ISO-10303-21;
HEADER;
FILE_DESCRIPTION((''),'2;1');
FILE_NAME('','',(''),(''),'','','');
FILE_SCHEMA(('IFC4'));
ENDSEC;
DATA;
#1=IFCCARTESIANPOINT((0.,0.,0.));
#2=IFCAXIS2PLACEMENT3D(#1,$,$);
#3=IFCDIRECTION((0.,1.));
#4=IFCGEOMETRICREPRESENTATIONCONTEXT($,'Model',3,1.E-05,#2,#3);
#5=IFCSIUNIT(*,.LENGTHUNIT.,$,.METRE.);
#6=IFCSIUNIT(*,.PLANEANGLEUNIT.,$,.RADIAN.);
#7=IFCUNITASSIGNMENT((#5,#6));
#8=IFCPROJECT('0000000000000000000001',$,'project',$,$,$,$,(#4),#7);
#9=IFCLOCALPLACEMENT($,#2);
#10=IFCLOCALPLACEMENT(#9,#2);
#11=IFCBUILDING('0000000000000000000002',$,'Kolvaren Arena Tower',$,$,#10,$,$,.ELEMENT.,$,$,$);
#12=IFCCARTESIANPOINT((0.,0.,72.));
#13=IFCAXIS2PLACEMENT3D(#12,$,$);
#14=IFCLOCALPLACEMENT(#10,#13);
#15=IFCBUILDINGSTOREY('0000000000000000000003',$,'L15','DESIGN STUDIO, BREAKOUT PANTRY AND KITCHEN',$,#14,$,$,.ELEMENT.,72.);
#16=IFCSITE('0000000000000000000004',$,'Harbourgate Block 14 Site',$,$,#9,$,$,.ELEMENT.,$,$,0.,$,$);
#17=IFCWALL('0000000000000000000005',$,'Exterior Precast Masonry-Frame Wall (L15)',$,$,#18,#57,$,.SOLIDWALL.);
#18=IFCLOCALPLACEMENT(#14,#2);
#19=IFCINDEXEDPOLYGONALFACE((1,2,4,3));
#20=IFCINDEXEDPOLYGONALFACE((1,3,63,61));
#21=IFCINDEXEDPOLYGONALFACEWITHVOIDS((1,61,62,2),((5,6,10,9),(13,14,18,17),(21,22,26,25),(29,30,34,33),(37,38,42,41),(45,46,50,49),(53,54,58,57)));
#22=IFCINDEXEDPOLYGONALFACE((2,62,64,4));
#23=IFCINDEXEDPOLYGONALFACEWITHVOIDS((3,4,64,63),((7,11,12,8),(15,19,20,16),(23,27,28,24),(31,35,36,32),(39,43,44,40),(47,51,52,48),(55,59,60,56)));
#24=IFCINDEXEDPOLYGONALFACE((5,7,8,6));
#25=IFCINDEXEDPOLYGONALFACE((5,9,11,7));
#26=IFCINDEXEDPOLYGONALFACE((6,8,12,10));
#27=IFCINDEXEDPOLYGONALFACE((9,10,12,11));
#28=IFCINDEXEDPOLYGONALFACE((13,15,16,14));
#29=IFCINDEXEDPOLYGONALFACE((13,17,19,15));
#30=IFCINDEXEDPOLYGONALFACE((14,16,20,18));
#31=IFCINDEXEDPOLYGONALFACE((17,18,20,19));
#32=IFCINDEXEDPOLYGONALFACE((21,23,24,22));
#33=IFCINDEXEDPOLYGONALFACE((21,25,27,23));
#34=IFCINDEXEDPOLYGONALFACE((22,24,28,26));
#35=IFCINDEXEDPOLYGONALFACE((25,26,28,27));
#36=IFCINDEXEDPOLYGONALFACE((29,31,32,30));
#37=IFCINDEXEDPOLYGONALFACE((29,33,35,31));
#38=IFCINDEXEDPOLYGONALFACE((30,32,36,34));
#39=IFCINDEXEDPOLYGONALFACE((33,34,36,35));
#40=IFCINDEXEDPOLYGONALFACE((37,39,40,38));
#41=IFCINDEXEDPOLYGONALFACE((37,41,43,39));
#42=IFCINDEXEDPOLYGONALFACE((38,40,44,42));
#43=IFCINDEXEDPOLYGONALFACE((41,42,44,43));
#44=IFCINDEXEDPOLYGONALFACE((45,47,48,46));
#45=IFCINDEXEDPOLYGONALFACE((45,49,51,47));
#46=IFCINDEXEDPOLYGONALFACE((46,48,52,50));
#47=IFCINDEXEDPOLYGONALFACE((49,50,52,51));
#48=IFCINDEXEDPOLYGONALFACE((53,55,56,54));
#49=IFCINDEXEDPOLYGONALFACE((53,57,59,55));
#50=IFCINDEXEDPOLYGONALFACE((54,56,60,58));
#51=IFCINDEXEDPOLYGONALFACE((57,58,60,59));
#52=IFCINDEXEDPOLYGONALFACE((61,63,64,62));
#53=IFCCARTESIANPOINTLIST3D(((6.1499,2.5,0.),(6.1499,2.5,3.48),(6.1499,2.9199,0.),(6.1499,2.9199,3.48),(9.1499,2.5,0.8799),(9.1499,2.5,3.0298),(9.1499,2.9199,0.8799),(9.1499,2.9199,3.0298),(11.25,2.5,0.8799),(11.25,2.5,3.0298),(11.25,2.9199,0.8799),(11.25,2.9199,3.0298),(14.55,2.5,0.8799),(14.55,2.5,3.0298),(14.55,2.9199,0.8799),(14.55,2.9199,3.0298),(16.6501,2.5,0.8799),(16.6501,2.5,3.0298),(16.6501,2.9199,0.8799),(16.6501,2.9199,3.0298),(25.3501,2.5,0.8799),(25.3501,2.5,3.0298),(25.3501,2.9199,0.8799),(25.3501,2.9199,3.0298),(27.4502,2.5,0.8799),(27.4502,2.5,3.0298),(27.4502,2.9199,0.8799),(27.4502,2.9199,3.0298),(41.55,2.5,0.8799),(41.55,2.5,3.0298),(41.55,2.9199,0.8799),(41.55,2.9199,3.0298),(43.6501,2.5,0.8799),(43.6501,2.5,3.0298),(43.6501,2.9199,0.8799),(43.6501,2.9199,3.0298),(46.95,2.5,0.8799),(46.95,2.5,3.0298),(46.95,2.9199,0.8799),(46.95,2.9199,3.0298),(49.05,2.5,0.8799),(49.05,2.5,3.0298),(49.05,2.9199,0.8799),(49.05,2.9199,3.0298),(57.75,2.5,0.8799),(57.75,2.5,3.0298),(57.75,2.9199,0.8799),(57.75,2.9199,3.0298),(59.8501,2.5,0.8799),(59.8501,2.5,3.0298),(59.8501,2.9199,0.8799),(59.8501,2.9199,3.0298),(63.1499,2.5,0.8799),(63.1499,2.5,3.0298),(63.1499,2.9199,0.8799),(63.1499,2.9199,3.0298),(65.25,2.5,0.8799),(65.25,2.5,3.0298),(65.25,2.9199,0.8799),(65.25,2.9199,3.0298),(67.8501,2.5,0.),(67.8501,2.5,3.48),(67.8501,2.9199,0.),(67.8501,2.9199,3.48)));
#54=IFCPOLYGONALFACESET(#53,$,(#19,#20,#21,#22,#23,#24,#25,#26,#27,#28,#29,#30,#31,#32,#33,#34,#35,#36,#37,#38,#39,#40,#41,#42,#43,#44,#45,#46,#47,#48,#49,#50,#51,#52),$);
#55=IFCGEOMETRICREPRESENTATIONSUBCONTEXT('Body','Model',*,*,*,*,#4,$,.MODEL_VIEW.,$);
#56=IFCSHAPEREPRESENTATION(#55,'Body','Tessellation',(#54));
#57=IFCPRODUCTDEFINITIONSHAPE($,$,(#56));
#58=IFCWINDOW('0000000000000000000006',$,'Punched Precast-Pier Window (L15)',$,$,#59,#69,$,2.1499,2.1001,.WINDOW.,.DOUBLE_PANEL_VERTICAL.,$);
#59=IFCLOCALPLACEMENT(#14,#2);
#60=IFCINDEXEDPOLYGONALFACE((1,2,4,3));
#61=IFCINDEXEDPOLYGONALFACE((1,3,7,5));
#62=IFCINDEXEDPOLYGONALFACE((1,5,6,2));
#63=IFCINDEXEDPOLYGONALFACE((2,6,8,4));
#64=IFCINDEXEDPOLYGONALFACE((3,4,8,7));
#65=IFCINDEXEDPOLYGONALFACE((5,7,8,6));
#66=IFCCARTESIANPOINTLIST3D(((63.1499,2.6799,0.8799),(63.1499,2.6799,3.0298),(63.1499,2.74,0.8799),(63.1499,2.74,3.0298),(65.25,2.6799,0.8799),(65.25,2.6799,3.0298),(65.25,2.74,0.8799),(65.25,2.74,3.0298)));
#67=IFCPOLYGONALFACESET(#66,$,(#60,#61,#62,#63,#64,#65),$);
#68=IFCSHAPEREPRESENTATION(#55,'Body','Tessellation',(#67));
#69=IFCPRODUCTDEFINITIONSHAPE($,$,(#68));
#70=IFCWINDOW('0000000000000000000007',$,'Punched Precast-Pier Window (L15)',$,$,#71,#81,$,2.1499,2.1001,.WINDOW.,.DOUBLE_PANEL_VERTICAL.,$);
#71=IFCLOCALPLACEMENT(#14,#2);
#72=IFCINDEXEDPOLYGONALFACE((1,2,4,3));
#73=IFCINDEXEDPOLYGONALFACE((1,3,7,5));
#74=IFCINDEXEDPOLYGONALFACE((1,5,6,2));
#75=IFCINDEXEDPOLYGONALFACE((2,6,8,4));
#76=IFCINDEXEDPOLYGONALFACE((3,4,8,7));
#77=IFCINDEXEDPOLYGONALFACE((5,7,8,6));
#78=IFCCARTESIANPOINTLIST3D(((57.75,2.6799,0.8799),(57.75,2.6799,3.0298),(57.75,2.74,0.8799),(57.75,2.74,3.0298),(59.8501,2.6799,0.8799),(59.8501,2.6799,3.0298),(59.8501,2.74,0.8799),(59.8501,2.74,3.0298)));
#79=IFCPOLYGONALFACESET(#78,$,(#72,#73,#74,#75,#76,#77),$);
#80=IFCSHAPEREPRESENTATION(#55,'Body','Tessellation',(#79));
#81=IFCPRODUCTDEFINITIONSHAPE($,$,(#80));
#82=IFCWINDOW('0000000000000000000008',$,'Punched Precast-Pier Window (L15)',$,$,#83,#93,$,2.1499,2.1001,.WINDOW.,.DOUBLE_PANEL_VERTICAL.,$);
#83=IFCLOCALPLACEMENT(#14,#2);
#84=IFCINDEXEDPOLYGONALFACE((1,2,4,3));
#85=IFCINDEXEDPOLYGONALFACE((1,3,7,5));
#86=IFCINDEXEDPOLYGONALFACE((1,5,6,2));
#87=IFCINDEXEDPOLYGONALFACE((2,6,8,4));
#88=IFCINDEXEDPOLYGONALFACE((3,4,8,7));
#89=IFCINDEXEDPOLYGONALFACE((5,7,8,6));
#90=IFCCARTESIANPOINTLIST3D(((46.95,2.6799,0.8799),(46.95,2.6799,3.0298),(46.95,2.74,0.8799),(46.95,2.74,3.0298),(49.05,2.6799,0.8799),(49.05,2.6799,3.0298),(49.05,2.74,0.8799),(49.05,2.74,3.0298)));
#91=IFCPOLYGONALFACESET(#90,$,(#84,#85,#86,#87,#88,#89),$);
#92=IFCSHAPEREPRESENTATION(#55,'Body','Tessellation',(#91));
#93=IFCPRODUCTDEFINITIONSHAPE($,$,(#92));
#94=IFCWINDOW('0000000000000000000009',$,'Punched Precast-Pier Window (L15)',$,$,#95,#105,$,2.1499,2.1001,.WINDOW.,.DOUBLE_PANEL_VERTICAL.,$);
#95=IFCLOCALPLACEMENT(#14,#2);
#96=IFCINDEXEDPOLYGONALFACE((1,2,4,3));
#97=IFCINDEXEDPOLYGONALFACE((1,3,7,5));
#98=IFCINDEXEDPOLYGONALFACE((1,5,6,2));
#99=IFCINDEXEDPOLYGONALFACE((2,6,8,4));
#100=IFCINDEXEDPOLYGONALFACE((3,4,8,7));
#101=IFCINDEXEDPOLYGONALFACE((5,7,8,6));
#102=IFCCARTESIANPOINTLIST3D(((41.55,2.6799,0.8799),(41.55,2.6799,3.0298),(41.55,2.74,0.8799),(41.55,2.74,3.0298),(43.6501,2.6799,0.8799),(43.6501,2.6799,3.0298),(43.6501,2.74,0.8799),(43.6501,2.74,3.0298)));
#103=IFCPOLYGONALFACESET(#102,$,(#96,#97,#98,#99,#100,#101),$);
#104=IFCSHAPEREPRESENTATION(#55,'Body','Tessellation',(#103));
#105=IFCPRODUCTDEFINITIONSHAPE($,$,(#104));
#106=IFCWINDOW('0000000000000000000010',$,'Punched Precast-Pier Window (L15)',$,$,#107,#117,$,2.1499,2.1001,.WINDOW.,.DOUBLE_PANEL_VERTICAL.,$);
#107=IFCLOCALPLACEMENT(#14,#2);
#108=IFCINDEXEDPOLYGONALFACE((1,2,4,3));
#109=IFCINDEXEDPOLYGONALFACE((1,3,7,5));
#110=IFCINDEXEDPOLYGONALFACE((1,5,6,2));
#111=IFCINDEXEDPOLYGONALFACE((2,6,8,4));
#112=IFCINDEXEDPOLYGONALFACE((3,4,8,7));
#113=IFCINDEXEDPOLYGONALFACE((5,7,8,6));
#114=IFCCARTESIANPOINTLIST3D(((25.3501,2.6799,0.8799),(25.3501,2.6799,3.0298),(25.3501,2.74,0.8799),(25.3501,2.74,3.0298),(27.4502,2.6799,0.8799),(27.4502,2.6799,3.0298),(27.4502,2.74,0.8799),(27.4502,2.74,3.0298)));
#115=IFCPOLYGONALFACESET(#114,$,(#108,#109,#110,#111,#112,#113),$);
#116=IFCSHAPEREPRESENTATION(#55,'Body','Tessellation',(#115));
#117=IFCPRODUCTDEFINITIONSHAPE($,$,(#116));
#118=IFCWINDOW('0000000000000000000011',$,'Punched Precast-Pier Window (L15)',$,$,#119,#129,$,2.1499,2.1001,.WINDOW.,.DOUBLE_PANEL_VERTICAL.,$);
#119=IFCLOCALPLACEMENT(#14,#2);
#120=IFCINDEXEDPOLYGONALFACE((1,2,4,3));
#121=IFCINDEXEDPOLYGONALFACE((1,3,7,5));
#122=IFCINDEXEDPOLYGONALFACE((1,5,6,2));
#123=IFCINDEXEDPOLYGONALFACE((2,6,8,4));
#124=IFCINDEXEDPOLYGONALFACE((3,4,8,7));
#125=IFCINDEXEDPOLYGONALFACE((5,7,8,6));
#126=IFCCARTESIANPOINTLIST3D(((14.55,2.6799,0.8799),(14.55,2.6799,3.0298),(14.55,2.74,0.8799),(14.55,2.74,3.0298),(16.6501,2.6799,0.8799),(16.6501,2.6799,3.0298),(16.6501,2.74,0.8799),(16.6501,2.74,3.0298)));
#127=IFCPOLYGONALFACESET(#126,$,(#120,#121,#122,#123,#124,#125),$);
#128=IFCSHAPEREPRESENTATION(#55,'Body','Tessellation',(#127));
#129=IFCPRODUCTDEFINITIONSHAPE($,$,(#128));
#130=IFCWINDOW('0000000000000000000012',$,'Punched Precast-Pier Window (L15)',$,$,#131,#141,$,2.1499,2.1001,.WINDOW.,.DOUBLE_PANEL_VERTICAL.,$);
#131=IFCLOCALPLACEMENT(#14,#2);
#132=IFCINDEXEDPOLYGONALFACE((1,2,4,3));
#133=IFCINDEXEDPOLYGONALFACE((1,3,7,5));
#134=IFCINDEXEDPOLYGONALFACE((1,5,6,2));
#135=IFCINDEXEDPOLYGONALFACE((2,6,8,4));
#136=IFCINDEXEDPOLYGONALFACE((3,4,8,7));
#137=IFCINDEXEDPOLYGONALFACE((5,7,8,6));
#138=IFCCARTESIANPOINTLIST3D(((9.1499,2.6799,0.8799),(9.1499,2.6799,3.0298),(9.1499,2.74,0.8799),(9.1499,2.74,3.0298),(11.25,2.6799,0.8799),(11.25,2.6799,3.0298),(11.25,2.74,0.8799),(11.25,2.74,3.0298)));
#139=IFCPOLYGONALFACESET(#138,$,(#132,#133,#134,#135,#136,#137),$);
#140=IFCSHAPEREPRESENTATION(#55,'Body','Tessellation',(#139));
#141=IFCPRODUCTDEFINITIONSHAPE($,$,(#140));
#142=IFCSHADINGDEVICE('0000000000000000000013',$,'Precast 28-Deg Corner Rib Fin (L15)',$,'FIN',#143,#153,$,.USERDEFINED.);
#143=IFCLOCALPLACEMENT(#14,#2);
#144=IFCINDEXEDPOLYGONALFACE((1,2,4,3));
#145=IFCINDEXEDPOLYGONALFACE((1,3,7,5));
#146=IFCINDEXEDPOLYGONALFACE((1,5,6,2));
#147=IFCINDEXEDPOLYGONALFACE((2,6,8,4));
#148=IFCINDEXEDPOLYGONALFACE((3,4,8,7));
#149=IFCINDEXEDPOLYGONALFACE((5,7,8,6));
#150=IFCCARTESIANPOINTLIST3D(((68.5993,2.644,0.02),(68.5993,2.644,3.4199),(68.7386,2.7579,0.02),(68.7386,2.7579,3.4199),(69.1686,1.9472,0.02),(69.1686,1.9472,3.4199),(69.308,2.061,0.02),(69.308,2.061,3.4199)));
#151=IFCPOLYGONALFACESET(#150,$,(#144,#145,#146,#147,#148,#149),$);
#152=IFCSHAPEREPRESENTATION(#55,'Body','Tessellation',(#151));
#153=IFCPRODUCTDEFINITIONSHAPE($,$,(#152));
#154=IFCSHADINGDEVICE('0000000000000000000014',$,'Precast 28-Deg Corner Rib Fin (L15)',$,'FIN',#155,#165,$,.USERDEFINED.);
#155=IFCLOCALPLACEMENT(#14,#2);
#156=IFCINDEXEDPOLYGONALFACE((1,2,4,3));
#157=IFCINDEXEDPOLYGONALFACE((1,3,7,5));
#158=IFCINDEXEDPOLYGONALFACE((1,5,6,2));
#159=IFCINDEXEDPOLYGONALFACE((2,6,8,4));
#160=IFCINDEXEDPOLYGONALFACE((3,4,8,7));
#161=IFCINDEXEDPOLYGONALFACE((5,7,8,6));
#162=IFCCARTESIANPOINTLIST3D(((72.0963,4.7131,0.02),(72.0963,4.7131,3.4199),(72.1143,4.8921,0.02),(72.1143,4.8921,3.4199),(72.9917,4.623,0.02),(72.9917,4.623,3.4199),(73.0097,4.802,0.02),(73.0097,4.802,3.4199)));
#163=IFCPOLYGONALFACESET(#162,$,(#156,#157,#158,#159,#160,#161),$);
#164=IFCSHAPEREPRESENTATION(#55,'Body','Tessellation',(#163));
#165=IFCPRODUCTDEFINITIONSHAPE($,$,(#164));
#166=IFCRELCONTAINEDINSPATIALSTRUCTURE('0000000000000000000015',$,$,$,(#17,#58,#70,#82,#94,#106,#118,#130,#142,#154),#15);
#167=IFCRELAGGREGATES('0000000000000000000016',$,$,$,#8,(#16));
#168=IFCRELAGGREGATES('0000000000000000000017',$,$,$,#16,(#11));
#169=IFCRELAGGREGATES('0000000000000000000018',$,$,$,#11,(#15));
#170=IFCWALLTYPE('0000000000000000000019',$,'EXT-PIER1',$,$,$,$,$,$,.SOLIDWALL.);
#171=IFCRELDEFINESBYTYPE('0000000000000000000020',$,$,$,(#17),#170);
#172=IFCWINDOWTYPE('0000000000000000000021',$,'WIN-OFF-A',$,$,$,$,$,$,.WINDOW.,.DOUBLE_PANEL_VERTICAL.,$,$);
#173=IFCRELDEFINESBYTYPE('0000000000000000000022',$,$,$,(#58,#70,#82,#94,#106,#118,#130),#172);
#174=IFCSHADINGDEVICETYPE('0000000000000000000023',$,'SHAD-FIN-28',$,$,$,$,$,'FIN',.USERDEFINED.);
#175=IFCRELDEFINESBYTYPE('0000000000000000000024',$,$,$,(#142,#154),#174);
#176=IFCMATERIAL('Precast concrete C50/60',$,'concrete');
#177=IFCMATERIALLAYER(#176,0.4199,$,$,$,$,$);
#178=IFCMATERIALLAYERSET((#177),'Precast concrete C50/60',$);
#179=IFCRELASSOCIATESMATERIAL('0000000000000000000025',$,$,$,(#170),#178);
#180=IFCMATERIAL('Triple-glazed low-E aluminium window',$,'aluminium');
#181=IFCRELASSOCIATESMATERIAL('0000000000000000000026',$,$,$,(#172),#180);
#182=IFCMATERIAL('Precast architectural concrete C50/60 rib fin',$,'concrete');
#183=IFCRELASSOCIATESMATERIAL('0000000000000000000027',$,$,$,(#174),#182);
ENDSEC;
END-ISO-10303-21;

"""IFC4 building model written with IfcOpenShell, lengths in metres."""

from ifc_helpers import new_model, si_unit, direction, frame, frame_2d, origin, origin_2d, place, context, subcontext, project, spatial, rectangle, extrude, material, layer, layer_set, type_object, element, fill, save


model = new_model("IFC4")

# Units and contexts
model_context = context("Model", 3, precision=1e-05, world=origin(), true_north=direction((0.0, 1.0)))
body_context = subcontext(model_context, "Body", "Model", "MODEL_VIEW")
ifc_project = project(units=[si_unit("LENGTHUNIT", "METRE"), si_unit("PLANEANGLEUNIT", "RADIAN")], contexts=[model_context])

# Site, building, storey
site_placement = place(None, origin())
site = spatial("IfcSite", under=ifc_project, at=site_placement, Name="Harbourgate Block 14 Site", CompositionType="ELEMENT", RefElevation=0.0)
building_placement = place(site_placement, origin())
building = spatial("IfcBuilding", under=site, at=building_placement, Name="Kolvaren Arena Tower", CompositionType="ELEMENT")
storey_placement = place(building_placement, frame((0.0, 0.0, 72.0)))
storey = spatial("IfcBuildingStorey", under=building, at=storey_placement, Name="L15", Description="DESIGN STUDIO, BREAKOUT PANTRY AND KITCHEN", CompositionType="ELEMENT", Elevation=72.0)

# Shared definitions
ifc_material_1 = material(Name="Precast concrete C50/60", Category="concrete")
ifc_layer_1 = layer(ifc_material_1, 0.4199)
ifc_layer_set_1 = layer_set([ifc_layer_1], Name="Precast concrete C50/60")
wall_type_1 = type_object("IfcWallType", Name="EXT-PIER1", PredefinedType="SOLIDWALL", material=ifc_layer_set_1)

# Wall, openings, windows
wall_1_placement = place(storey_placement, frame((67.8501, 2.71, 0.0), z_axis=(0.0, 0.0, 1.0), x_axis=(-1.0, 0.0, 0.0)))
wall_1 = element("IfcWall", 1, at=wall_1_placement, inside=storey, type_object=wall_type_1, Name="Exterior Precast Masonry-Frame Wall (L15)", PredefinedType="SOLIDWALL", context=body_context, shape_type="SweptSolid", body=[
    extrude(rectangle(XDim=61.7002, YDim=0.4199, at=frame_2d((30.8501, 0.0))), origin(), (0.0, 0.0, 1.0), 3.48),
])
opening_1_placement = place(wall_1_placement, frame((2.6001, 0.0, 0.8799)))
opening_1 = element("IfcOpeningElement", 2, at=opening_1_placement, cuts=wall_1, PredefinedType="OPENING", context=body_context, shape_type="SweptSolid", body=[
    extrude(rectangle(XDim=2.1001, YDim=2.1499, at=frame_2d((1.05, 1.075))), frame((0.0, 0.22, 0.0), z_axis=(0.0, -1.0, 0.0), x_axis=(1.0, 0.0, 0.0)), (0.0, 0.0, 1.0), 0.4399),
])
opening_2_placement = place(wall_1_placement, frame((8.0, 0.0, 0.8799)))
opening_2 = element("IfcOpeningElement", 3, at=opening_2_placement, cuts=wall_1, PredefinedType="OPENING", context=body_context, shape_type="SweptSolid", body=[
    extrude(rectangle(XDim=2.1001, YDim=2.1499, at=frame_2d((1.05, 1.075))), frame((0.0, 0.22, 0.0), z_axis=(0.0, -1.0, 0.0), x_axis=(1.0, 0.0, 0.0)), (0.0, 0.0, 1.0), 0.4399),
])
opening_3_placement = place(wall_1_placement, frame((18.8, 0.0, 0.8799)))
opening_3 = element("IfcOpeningElement", 4, at=opening_3_placement, cuts=wall_1, PredefinedType="OPENING", context=body_context, shape_type="SweptSolid", body=[
    extrude(rectangle(XDim=2.1001, YDim=2.1499, at=frame_2d((1.05, 1.075))), frame((0.0, 0.22, 0.0), z_axis=(0.0, -1.0, 0.0), x_axis=(1.0, 0.0, 0.0)), (0.0, 0.0, 1.0), 0.4399),
])
opening_4_placement = place(wall_1_placement, frame((24.2, 0.0, 0.8799)))
opening_4 = element("IfcOpeningElement", 5, at=opening_4_placement, cuts=wall_1, PredefinedType="OPENING", context=body_context, shape_type="SweptSolid", body=[
    extrude(rectangle(XDim=2.1001, YDim=2.1499, at=frame_2d((1.05, 1.075))), frame((0.0, 0.22, 0.0), z_axis=(0.0, -1.0, 0.0), x_axis=(1.0, 0.0, 0.0)), (0.0, 0.0, 1.0), 0.4399),
])
opening_5_placement = place(wall_1_placement, frame((40.3999, 0.0, 0.8799)))
opening_5 = element("IfcOpeningElement", 6, at=opening_5_placement, cuts=wall_1, PredefinedType="OPENING", context=body_context, shape_type="SweptSolid", body=[
    extrude(rectangle(XDim=2.1001, YDim=2.1499, at=frame_2d((1.05, 1.075))), frame((0.0, 0.22, 0.0), z_axis=(0.0, -1.0, 0.0), x_axis=(1.0, 0.0, 0.0)), (0.0, 0.0, 1.0), 0.4399),
])
opening_6_placement = place(wall_1_placement, frame((51.2, 0.0, 0.8799)))
opening_6 = element("IfcOpeningElement", 7, at=opening_6_placement, cuts=wall_1, PredefinedType="OPENING", context=body_context, shape_type="SweptSolid", body=[
    extrude(rectangle(XDim=2.1001, YDim=2.1499, at=frame_2d((1.05, 1.075))), frame((0.0, 0.22, 0.0), z_axis=(0.0, -1.0, 0.0), x_axis=(1.0, 0.0, 0.0)), (0.0, 0.0, 1.0), 0.4399),
])
opening_7_placement = place(wall_1_placement, frame((56.6001, 0.0, 0.8799)))
opening_7 = element("IfcOpeningElement", 8, at=opening_7_placement, cuts=wall_1, PredefinedType="OPENING", context=body_context, shape_type="SweptSolid", body=[
    extrude(rectangle(XDim=2.1001, YDim=2.1499, at=frame_2d((1.05, 1.075))), frame((0.0, 0.22, 0.0), z_axis=(0.0, -1.0, 0.0), x_axis=(1.0, 0.0, 0.0)), (0.0, 0.0, 1.0), 0.4399),
])
ifc_material_2 = material(Name="Triple-glazed low-E aluminium window", Category="aluminium")
window_type = type_object("IfcWindowType", Name="WIN-OFF-A", PartitioningType="DOUBLE_PANEL_VERTICAL", PredefinedType="WINDOW", material=ifc_material_2)
window_1_placement = place(opening_1_placement, origin())
window_1 = element("IfcWindow", 9, at=window_1_placement, inside=storey, type_object=window_type, Name="Punched Precast-Pier Window (L15)", OverallHeight=2.1499, OverallWidth=2.1001, PartitioningType="DOUBLE_PANEL_VERTICAL", PredefinedType="WINDOW", context=body_context, shape_type="SweptSolid", body=[
    extrude(rectangle(XDim=2.1001, YDim=2.1499, at=frame_2d((1.05, 1.075))), frame((0.0, 0.03, 0.0), z_axis=(0.0, -1.0, 0.0), x_axis=(1.0, 0.0, 0.0)), (0.0, 0.0, 1.0), 0.0601),
])
fill(opening_1, window_1)
window_2_placement = place(opening_2_placement, origin())
window_2 = element("IfcWindow", 10, at=window_2_placement, inside=storey, type_object=window_type, Name="Punched Precast-Pier Window (L15)", OverallHeight=2.1499, OverallWidth=2.1001, PartitioningType="DOUBLE_PANEL_VERTICAL", PredefinedType="WINDOW", context=body_context, shape_type="SweptSolid", body=[
    extrude(rectangle(XDim=2.1001, YDim=2.1499, at=frame_2d((1.05, 1.075))), frame((0.0, 0.03, 0.0), z_axis=(0.0, -1.0, 0.0), x_axis=(1.0, 0.0, 0.0)), (0.0, 0.0, 1.0), 0.0601),
])
fill(opening_2, window_2)
window_3_placement = place(opening_3_placement, origin())
window_3 = element("IfcWindow", 11, at=window_3_placement, inside=storey, type_object=window_type, Name="Punched Precast-Pier Window (L15)", OverallHeight=2.1499, OverallWidth=2.1001, PartitioningType="DOUBLE_PANEL_VERTICAL", PredefinedType="WINDOW", context=body_context, shape_type="SweptSolid", body=[
    extrude(rectangle(XDim=2.1001, YDim=2.1499, at=frame_2d((1.05, 1.075))), frame((0.0, 0.03, 0.0), z_axis=(0.0, -1.0, 0.0), x_axis=(1.0, 0.0, 0.0)), (0.0, 0.0, 1.0), 0.0601),
])
fill(opening_3, window_3)
window_4_placement = place(opening_4_placement, origin())
window_4 = element("IfcWindow", 12, at=window_4_placement, inside=storey, type_object=window_type, Name="Punched Precast-Pier Window (L15)", OverallHeight=2.1499, OverallWidth=2.1001, PartitioningType="DOUBLE_PANEL_VERTICAL", PredefinedType="WINDOW", context=body_context, shape_type="SweptSolid", body=[
    extrude(rectangle(XDim=2.1001, YDim=2.1499, at=frame_2d((1.05, 1.075))), frame((0.0, 0.03, 0.0), z_axis=(0.0, -1.0, 0.0), x_axis=(1.0, 0.0, 0.0)), (0.0, 0.0, 1.0), 0.0601),
])
fill(opening_4, window_4)
window_5_placement = place(opening_5_placement, origin())
window_5 = element("IfcWindow", 13, at=window_5_placement, inside=storey, type_object=window_type, Name="Punched Precast-Pier Window (L15)", OverallHeight=2.1499, OverallWidth=2.1001, PartitioningType="DOUBLE_PANEL_VERTICAL", PredefinedType="WINDOW", context=body_context, shape_type="SweptSolid", body=[
    extrude(rectangle(XDim=2.1001, YDim=2.1499, at=frame_2d((1.05, 1.075))), frame((0.0, 0.03, 0.0), z_axis=(0.0, -1.0, 0.0), x_axis=(1.0, 0.0, 0.0)), (0.0, 0.0, 1.0), 0.0601),
])
fill(opening_5, window_5)
window_6_placement = place(opening_6_placement, origin())
window_6 = element("IfcWindow", 14, at=window_6_placement, inside=storey, type_object=window_type, Name="Punched Precast-Pier Window (L15)", OverallHeight=2.1499, OverallWidth=2.1001, PartitioningType="DOUBLE_PANEL_VERTICAL", PredefinedType="WINDOW", context=body_context, shape_type="SweptSolid", body=[
    extrude(rectangle(XDim=2.1001, YDim=2.1499, at=frame_2d((1.05, 1.075))), frame((0.0, 0.03, 0.0), z_axis=(0.0, -1.0, 0.0), x_axis=(1.0, 0.0, 0.0)), (0.0, 0.0, 1.0), 0.0601),
])
fill(opening_6, window_6)
window_7_placement = place(opening_7_placement, origin())
window_7 = element("IfcWindow", 15, at=window_7_placement, inside=storey, type_object=window_type, Name="Punched Precast-Pier Window (L15)", OverallHeight=2.1499, OverallWidth=2.1001, PartitioningType="DOUBLE_PANEL_VERTICAL", PredefinedType="WINDOW", context=body_context, shape_type="SweptSolid", body=[
    extrude(rectangle(XDim=2.1001, YDim=2.1499, at=frame_2d((1.05, 1.075))), frame((0.0, 0.03, 0.0), z_axis=(0.0, -1.0, 0.0), x_axis=(1.0, 0.0, 0.0)), (0.0, 0.0, 1.0), 0.0601),
])
fill(opening_7, window_7)

# Shading devices
ifc_material_3 = material(Name="Precast architectural concrete C50/60 rib fin", Category="concrete")
shading_device_type_1 = type_object("IfcShadingDeviceType", Name="SHAD-FIN-28", ElementType="FIN", PredefinedType="USERDEFINED", material=ifc_material_3)
for number, where, z_axis, x_axis, name in (
    (16, (68.9536, 2.3525, 0.02), (0.0, 0.0, 1.0), (0.632723, -0.774378, 0.0), "Precast 28-Deg Corner Rib Fin (L15)"),
    (17, (72.553, 4.7576, 0.02), (0.0, 0.0, 1.0), (0.994972, -0.100155, 0.0), "Precast 28-Deg Corner Rib Fin (L15)"),
):
    element("IfcShadingDevice", number, at=place(storey_placement, frame(where, z_axis=z_axis, x_axis=x_axis)), inside=storey, type_object=shading_device_type_1, Name=name, ObjectType="FIN", PredefinedType="USERDEFINED", context=body_context, shape_type="SweptSolid", body=[
        extrude(rectangle(XDim=0.8999, YDim=0.1799, at=origin_2d()), origin(), (0.0, 0.0, 1.0), 3.3999),
    ])

save(model, "model.ifc")
